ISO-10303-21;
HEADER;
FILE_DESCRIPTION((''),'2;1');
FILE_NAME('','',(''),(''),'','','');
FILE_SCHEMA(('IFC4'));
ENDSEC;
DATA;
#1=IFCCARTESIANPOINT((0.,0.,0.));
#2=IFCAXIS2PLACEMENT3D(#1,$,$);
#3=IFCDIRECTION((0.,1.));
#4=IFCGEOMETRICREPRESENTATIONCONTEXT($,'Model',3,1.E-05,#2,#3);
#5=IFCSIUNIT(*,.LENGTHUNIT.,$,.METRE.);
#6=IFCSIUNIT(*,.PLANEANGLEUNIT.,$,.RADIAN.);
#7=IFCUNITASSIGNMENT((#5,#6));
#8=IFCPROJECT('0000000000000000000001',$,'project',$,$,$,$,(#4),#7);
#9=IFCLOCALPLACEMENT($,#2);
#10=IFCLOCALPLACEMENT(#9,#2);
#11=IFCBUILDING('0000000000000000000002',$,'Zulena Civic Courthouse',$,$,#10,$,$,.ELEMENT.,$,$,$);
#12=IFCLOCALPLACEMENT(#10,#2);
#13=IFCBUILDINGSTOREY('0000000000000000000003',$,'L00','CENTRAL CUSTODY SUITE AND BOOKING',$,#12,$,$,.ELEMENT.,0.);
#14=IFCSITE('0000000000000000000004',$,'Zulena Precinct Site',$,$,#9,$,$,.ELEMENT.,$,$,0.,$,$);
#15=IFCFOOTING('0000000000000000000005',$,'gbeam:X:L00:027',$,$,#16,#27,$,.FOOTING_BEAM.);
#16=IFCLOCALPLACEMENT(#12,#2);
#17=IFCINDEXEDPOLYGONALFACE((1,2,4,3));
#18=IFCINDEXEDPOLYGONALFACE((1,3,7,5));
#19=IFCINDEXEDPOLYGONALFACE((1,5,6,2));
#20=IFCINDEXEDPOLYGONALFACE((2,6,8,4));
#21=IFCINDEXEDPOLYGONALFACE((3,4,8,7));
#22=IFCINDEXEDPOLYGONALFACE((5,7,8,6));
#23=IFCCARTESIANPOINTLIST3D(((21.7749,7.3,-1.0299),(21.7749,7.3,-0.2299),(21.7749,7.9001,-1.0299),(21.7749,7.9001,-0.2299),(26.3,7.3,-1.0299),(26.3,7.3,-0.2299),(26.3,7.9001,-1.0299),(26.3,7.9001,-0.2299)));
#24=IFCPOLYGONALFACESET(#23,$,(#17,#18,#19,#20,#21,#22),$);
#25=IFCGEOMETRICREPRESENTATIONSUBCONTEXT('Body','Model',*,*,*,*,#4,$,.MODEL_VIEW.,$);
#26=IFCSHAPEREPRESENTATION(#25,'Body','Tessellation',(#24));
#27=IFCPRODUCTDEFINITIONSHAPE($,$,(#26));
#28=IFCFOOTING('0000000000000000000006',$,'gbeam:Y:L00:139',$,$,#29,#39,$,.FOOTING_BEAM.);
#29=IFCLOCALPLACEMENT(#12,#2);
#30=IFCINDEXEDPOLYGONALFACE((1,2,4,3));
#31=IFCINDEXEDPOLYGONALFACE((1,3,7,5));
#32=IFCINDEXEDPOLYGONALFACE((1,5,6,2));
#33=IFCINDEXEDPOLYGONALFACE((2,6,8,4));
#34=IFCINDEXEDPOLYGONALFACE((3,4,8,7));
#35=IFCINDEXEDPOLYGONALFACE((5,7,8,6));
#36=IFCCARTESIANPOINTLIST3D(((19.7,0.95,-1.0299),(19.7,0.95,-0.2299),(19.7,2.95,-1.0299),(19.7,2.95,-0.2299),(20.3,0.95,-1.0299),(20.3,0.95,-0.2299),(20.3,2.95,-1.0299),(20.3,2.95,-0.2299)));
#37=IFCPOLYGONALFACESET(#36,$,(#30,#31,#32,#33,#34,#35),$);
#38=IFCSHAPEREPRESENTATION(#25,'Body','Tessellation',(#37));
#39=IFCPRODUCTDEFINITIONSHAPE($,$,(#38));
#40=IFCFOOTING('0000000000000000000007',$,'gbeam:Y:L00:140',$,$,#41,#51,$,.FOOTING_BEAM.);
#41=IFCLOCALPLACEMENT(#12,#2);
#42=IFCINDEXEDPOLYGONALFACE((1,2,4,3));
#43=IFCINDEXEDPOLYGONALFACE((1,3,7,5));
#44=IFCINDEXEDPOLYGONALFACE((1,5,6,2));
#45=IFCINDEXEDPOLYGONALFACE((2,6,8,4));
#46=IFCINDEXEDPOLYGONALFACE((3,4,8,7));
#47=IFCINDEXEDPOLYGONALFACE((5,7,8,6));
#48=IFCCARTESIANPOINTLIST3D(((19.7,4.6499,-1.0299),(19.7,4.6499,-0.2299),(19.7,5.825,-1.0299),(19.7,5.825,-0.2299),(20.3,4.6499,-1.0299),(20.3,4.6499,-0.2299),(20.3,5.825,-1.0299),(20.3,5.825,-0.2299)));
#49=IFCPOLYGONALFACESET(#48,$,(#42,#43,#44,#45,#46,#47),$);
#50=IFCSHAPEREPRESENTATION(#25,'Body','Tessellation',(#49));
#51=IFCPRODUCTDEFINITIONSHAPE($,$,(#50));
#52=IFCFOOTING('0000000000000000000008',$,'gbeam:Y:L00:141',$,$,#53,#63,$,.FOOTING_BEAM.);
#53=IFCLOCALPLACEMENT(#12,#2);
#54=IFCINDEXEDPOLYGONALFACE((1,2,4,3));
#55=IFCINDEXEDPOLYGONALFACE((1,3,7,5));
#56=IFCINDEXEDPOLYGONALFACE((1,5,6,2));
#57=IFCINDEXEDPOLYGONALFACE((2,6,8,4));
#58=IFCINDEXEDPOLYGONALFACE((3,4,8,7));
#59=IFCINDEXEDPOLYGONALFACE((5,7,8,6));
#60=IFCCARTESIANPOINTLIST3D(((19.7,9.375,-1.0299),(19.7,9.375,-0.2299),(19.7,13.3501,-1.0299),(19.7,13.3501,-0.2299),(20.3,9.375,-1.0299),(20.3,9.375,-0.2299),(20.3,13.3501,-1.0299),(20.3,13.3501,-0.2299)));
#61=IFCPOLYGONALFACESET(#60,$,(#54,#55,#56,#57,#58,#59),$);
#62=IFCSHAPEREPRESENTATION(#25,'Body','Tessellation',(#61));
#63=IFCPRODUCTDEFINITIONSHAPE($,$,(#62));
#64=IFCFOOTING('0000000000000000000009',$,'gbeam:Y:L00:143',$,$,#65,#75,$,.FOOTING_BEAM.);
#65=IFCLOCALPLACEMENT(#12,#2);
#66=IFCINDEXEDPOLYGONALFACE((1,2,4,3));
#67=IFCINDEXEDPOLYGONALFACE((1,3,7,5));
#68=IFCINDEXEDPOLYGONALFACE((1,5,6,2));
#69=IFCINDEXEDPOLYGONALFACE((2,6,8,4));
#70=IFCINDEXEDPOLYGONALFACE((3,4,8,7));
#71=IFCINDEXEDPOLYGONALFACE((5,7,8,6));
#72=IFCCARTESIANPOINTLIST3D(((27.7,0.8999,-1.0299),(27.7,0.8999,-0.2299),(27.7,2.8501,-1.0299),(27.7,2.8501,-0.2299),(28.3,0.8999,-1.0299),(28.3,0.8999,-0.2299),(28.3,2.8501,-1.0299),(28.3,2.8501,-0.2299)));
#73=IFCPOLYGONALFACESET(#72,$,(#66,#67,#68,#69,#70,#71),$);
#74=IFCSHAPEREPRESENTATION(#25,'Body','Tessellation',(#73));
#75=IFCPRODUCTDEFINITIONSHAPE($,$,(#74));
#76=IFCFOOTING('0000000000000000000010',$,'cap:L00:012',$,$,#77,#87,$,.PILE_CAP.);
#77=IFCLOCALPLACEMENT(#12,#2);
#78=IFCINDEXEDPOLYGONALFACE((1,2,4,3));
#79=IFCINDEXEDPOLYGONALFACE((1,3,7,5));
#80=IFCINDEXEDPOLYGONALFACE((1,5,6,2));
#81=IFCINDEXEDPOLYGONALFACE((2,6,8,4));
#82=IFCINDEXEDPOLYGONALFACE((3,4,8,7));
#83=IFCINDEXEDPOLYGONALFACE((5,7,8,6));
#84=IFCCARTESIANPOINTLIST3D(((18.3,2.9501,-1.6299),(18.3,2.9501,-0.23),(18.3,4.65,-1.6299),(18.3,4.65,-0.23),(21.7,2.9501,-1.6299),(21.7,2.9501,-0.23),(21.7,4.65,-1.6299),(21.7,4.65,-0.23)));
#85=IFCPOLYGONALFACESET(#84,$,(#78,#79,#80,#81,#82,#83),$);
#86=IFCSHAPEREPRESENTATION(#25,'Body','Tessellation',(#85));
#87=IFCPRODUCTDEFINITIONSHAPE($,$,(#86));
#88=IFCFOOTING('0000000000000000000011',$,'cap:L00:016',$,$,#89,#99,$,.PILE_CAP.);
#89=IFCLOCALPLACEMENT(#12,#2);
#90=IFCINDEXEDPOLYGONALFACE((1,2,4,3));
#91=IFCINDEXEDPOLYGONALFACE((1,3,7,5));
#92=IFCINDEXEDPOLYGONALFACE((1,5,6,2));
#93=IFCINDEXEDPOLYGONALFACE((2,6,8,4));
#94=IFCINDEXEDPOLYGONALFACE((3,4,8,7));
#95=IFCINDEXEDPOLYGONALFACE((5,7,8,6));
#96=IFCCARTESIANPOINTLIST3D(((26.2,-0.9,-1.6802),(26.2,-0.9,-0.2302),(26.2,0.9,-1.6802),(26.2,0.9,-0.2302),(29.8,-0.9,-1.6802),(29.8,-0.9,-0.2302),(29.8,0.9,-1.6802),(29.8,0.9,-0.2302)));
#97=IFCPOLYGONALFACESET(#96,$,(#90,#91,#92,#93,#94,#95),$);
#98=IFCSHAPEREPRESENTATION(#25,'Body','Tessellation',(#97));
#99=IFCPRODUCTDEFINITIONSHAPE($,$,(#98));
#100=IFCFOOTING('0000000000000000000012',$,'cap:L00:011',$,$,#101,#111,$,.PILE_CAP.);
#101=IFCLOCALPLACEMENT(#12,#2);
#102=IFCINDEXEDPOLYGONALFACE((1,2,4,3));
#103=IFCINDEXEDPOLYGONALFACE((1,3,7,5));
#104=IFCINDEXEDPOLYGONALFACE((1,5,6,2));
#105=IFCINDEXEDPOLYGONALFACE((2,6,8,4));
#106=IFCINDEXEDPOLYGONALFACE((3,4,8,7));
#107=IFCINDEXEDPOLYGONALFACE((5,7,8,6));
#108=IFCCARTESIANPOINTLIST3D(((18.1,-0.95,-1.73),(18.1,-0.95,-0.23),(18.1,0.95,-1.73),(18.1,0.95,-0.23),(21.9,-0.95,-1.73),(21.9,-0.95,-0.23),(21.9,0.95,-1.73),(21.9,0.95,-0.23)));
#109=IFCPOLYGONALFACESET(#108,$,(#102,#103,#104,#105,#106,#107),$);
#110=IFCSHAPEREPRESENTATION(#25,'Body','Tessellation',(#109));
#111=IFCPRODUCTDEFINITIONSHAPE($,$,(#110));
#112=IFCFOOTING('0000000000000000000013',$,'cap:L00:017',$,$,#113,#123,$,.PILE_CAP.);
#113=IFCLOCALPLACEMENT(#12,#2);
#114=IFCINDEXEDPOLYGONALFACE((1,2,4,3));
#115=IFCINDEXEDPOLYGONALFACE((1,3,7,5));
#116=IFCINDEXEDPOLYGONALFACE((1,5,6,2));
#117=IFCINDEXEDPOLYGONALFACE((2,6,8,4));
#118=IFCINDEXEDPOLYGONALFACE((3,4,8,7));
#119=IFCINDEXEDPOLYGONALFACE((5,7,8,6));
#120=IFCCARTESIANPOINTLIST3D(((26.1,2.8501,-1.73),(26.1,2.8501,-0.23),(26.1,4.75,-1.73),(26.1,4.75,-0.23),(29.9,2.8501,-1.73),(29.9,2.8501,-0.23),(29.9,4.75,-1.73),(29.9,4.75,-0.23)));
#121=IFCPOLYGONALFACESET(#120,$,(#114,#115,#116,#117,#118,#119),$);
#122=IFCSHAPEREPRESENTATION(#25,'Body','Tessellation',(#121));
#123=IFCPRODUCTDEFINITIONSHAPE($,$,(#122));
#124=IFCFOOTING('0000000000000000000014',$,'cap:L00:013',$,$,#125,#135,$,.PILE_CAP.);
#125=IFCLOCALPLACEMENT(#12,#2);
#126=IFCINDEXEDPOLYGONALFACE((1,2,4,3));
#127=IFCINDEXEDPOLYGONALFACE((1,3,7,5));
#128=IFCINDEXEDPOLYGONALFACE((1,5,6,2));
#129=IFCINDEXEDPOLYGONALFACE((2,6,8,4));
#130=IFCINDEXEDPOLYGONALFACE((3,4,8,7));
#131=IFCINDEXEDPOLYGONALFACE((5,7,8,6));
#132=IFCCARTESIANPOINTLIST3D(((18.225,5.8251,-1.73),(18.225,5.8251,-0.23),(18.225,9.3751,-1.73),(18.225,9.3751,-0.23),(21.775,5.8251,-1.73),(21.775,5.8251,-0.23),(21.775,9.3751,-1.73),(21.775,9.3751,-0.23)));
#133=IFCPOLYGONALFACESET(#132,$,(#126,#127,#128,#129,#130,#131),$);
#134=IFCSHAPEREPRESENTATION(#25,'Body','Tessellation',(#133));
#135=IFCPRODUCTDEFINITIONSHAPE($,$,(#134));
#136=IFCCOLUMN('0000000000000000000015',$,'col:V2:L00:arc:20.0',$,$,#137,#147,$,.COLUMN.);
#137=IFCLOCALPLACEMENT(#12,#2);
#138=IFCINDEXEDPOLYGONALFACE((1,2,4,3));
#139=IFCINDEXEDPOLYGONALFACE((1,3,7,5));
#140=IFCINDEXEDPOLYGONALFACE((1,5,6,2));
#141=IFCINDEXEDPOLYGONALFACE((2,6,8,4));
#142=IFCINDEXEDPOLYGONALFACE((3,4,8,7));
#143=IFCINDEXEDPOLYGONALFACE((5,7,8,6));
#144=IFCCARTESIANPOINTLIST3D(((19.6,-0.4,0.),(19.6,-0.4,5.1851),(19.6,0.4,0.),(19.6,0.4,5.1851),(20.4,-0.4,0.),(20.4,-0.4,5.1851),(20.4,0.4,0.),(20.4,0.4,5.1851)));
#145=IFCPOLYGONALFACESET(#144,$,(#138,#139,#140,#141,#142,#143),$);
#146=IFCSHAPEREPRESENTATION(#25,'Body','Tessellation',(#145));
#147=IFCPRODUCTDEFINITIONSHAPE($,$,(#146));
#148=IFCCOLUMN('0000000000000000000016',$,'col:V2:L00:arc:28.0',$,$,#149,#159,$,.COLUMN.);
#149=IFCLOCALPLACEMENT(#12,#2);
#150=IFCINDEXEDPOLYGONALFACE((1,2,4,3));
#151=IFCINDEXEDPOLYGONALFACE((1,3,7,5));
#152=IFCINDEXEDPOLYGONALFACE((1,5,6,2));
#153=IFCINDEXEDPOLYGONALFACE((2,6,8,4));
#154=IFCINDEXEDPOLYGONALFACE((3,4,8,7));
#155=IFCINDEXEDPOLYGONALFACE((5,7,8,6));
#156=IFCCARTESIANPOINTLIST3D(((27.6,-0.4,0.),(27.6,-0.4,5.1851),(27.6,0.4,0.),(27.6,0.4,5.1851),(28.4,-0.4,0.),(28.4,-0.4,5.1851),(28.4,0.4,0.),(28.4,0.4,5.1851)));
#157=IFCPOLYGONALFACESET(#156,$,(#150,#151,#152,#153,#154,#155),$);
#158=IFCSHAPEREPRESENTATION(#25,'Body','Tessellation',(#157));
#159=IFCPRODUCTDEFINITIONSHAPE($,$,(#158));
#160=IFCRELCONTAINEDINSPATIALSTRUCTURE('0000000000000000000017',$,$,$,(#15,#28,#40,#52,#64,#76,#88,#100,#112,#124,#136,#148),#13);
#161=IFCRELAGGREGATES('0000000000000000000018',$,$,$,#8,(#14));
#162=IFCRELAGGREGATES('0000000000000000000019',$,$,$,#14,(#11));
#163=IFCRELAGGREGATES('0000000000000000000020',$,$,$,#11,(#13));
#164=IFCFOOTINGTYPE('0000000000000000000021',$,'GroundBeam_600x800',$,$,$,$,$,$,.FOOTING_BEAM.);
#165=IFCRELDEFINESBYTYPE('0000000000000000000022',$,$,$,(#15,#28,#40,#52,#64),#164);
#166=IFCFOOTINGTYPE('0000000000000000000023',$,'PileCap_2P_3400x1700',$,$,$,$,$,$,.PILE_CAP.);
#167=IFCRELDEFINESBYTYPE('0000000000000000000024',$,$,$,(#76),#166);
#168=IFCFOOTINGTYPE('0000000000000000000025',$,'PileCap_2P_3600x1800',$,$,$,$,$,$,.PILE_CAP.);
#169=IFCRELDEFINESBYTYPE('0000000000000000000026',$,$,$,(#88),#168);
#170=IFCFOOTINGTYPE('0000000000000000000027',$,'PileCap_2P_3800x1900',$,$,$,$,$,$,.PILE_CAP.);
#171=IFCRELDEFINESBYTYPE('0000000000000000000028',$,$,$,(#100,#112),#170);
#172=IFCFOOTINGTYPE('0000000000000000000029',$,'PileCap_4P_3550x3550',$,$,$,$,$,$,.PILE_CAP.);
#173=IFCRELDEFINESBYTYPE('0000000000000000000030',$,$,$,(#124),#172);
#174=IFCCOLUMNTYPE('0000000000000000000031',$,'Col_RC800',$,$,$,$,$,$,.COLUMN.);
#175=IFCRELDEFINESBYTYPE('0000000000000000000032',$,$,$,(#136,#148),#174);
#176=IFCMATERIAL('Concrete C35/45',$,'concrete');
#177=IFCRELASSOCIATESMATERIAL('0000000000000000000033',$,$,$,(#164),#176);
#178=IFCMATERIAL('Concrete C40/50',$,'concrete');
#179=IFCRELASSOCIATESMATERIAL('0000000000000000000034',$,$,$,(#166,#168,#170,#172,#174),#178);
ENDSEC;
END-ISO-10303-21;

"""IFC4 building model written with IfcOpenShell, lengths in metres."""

from ifc_helpers import new_model, si_unit, direction, frame, origin, origin_2d, place, context, subcontext, project, spatial, rectangle, extrude, material, material_profile, profile_set, type_object, element, save


model = new_model("IFC4")

# Units and contexts
model_context = context("Model", 3, precision=1e-05, world=origin(), true_north=direction((0.0, 1.0)))
body_context = subcontext(model_context, "Body", "Model", "MODEL_VIEW")
ifc_project = project(units=[si_unit("LENGTHUNIT", "METRE"), si_unit("PLANEANGLEUNIT", "RADIAN")], contexts=[model_context])

# Site, building, storey
site_placement = place(None, origin())
site = spatial("IfcSite", under=ifc_project, at=site_placement, Name="Zulena Precinct Site", CompositionType="ELEMENT", RefElevation=0.0)
building_placement = place(site_placement, origin())
building = spatial("IfcBuilding", under=site, at=building_placement, Name="Zulena Civic Courthouse", CompositionType="ELEMENT")
storey_placement = place(building_placement, origin())
storey = spatial("IfcBuildingStorey", under=building, at=storey_placement, Name="L00", Description="CENTRAL CUSTODY SUITE AND BOOKING", CompositionType="ELEMENT", Elevation=0.0)

# Shared definitions
ifc_material_1 = material(Name="Concrete C40/50", Category="concrete")

# Footings
ifc_material_2 = material(Name="Concrete C35/45", Category="concrete")
ifc_material_profile_1 = material_profile(ifc_material_2, rectangle(XDim=0.6001, YDim=0.8, at=origin_2d()), Name="RC600X800")
ifc_profile_set_1 = profile_set([ifc_material_profile_1], Name="Concrete C35/45")
footing_type_1 = type_object("IfcFootingType", Name="GroundBeam_600x800", PredefinedType="FOOTING_BEAM", material=ifc_profile_set_1)
footing_1_placement = place(storey_placement, frame((21.7749, 7.6001, -0.6299), z_axis=(1.0, 0.0, 0.0), x_axis=(0.0, 1.0, 0.0)))
element("IfcFooting", 1, at=footing_1_placement, inside=storey, type_object=footing_type_1, Name="gbeam:X:L00:027", PredefinedType="FOOTING_BEAM", context=body_context, shape_type="SweptSolid", body=[
    extrude(rectangle(XDim=0.6001, YDim=0.8, at=origin_2d()), origin(), (0.0, 0.0, 1.0), 4.5251),
])
footing_2_placement = place(storey_placement, frame((20.0, 0.95, -0.6299), z_axis=(0.0, 1.0, 0.0), x_axis=(-1.0, 0.0, 0.0)))
element("IfcFooting", 2, at=footing_2_placement, inside=storey, type_object=footing_type_1, Name="gbeam:Y:L00:139", PredefinedType="FOOTING_BEAM", context=body_context, shape_type="SweptSolid", body=[
    extrude(rectangle(XDim=0.6001, YDim=0.8, at=origin_2d()), origin(), (0.0, 0.0, 1.0), 2.0),
])
footing_3_placement = place(storey_placement, frame((20.0, 4.6499, -0.6299), z_axis=(0.0, 1.0, 0.0), x_axis=(-1.0, 0.0, 0.0)))
element("IfcFooting", 3, at=footing_3_placement, inside=storey, type_object=footing_type_1, Name="gbeam:Y:L00:140", PredefinedType="FOOTING_BEAM", context=body_context, shape_type="SweptSolid", body=[
    extrude(rectangle(XDim=0.6001, YDim=0.8, at=origin_2d()), origin(), (0.0, 0.0, 1.0), 1.175),
])
footing_4_placement = place(storey_placement, frame((20.0, 9.375, -0.6299), z_axis=(0.0, 1.0, 0.0), x_axis=(-1.0, 0.0, 0.0)))
element("IfcFooting", 4, at=footing_4_placement, inside=storey, type_object=footing_type_1, Name="gbeam:Y:L00:141", PredefinedType="FOOTING_BEAM", context=body_context, shape_type="SweptSolid", body=[
    extrude(rectangle(XDim=0.6001, YDim=0.8, at=origin_2d()), origin(), (0.0, 0.0, 1.0), 3.9751),
])
footing_5_placement = place(storey_placement, frame((28.0, 0.8999, -0.6299), z_axis=(0.0, 1.0, 0.0), x_axis=(-1.0, 0.0, 0.0)))
element("IfcFooting", 5, at=footing_5_placement, inside=storey, type_object=footing_type_1, Name="gbeam:Y:L00:143", PredefinedType="FOOTING_BEAM", context=body_context, shape_type="SweptSolid", body=[
    extrude(rectangle(XDim=0.6001, YDim=0.8, at=origin_2d()), origin(), (0.0, 0.0, 1.0), 1.9502),
])
footing_type_2 = type_object("IfcFootingType", Name="PileCap_2P_3400x1700", PredefinedType="PILE_CAP", material=ifc_material_1)
footing_6_placement = place(storey_placement, frame((20.0, 3.8, -1.6299), z_axis=(0.0, 0.0, 1.0), x_axis=(1.0, 0.0, 0.0)))
element("IfcFooting", 6, at=footing_6_placement, inside=storey, type_object=footing_type_2, Name="cap:L00:012", PredefinedType="PILE_CAP", context=body_context, shape_type="SweptSolid", body=[
    extrude(rectangle(XDim=3.3999, YDim=1.7, at=origin_2d()), origin(), (0.0, 0.0, 1.0), 1.3999),
])
footing_type_3 = type_object("IfcFootingType", Name="PileCap_2P_3600x1800", PredefinedType="PILE_CAP", material=ifc_material_1)
footing_7_placement = place(storey_placement, frame((28.0, 0.0, -1.6802), z_axis=(0.0, 0.0, 1.0), x_axis=(1.0, 0.0, 0.0)))
element("IfcFooting", 7, at=footing_7_placement, inside=storey, type_object=footing_type_3, Name="cap:L00:016", PredefinedType="PILE_CAP", context=body_context, shape_type="SweptSolid", body=[
    extrude(rectangle(XDim=3.6001, YDim=1.8, at=origin_2d()), origin(), (0.0, 0.0, 1.0), 1.45),
])
footing_type_4 = type_object("IfcFootingType", Name="PileCap_2P_3800x1900", PredefinedType="PILE_CAP", material=ifc_material_1)
for number, where, z_axis, x_axis, name in (
    (8, (20.0, 0.0, -1.73), (0.0, 0.0, 1.0), (1.0, 0.0, 0.0), "cap:L00:011"),
    (9, (28.0, 3.8, -1.73), (0.0, 0.0, 1.0), (1.0, 0.0, 0.0), "cap:L00:017"),
):
    element("IfcFooting", number, at=place(storey_placement, frame(where, z_axis=z_axis, x_axis=x_axis)), inside=storey, type_object=footing_type_4, Name=name, PredefinedType="PILE_CAP", context=body_context, shape_type="SweptSolid", body=[
        extrude(rectangle(XDim=3.8, YDim=1.8999, at=origin_2d()), origin(), (0.0, 0.0, 1.0), 1.5),
    ])
footing_type_5 = type_object("IfcFootingType", Name="PileCap_4P_3550x3550", PredefinedType="PILE_CAP", material=ifc_material_1)
footing_8_placement = place(storey_placement, frame((20.0, 7.6001, -1.73), z_axis=(0.0, 0.0, 1.0), x_axis=(1.0, 0.0, 0.0)))
element("IfcFooting", 10, at=footing_8_placement, inside=storey, type_object=footing_type_5, Name="cap:L00:013", PredefinedType="PILE_CAP", context=body_context, shape_type="SweptSolid", body=[
    extrude(rectangle(XDim=3.55, YDim=3.55, at=origin_2d()), origin(), (0.0, 0.0, 1.0), 1.5),
])

# Columns
ifc_material_profile_2 = material_profile(ifc_material_1, rectangle(XDim=0.8, YDim=0.8, at=origin_2d()), Name="RC800X800")
ifc_profile_set_2 = profile_set([ifc_material_profile_2], Name="Concrete C40/50")
column_type_1 = type_object("IfcColumnType", Name="Col_RC800", PredefinedType="COLUMN", material=ifc_profile_set_2)
for number, where, z_axis, x_axis, name in (
    (11, (20.0, 0.0, 0.0), (0.0, 0.0, 1.0), (1.0, 0.0, 0.0), "col:V2:L00:arc:20.0"),
    (12, (28.0, 0.0, 0.0), (0.0, 0.0, 1.0), (1.0, 0.0, 0.0), "col:V2:L00:arc:28.0"),
):
    element("IfcColumn", number, at=place(storey_placement, frame(where, z_axis=z_axis, x_axis=x_axis)), inside=storey, type_object=column_type_1, Name=name, PredefinedType="COLUMN", context=body_context, shape_type="SweptSolid", body=[
        extrude(rectangle(XDim=0.8, YDim=0.8, at=origin_2d()), origin(), (0.0, 0.0, 1.0), 5.1851),
    ])

save(model, "model.ifc")
